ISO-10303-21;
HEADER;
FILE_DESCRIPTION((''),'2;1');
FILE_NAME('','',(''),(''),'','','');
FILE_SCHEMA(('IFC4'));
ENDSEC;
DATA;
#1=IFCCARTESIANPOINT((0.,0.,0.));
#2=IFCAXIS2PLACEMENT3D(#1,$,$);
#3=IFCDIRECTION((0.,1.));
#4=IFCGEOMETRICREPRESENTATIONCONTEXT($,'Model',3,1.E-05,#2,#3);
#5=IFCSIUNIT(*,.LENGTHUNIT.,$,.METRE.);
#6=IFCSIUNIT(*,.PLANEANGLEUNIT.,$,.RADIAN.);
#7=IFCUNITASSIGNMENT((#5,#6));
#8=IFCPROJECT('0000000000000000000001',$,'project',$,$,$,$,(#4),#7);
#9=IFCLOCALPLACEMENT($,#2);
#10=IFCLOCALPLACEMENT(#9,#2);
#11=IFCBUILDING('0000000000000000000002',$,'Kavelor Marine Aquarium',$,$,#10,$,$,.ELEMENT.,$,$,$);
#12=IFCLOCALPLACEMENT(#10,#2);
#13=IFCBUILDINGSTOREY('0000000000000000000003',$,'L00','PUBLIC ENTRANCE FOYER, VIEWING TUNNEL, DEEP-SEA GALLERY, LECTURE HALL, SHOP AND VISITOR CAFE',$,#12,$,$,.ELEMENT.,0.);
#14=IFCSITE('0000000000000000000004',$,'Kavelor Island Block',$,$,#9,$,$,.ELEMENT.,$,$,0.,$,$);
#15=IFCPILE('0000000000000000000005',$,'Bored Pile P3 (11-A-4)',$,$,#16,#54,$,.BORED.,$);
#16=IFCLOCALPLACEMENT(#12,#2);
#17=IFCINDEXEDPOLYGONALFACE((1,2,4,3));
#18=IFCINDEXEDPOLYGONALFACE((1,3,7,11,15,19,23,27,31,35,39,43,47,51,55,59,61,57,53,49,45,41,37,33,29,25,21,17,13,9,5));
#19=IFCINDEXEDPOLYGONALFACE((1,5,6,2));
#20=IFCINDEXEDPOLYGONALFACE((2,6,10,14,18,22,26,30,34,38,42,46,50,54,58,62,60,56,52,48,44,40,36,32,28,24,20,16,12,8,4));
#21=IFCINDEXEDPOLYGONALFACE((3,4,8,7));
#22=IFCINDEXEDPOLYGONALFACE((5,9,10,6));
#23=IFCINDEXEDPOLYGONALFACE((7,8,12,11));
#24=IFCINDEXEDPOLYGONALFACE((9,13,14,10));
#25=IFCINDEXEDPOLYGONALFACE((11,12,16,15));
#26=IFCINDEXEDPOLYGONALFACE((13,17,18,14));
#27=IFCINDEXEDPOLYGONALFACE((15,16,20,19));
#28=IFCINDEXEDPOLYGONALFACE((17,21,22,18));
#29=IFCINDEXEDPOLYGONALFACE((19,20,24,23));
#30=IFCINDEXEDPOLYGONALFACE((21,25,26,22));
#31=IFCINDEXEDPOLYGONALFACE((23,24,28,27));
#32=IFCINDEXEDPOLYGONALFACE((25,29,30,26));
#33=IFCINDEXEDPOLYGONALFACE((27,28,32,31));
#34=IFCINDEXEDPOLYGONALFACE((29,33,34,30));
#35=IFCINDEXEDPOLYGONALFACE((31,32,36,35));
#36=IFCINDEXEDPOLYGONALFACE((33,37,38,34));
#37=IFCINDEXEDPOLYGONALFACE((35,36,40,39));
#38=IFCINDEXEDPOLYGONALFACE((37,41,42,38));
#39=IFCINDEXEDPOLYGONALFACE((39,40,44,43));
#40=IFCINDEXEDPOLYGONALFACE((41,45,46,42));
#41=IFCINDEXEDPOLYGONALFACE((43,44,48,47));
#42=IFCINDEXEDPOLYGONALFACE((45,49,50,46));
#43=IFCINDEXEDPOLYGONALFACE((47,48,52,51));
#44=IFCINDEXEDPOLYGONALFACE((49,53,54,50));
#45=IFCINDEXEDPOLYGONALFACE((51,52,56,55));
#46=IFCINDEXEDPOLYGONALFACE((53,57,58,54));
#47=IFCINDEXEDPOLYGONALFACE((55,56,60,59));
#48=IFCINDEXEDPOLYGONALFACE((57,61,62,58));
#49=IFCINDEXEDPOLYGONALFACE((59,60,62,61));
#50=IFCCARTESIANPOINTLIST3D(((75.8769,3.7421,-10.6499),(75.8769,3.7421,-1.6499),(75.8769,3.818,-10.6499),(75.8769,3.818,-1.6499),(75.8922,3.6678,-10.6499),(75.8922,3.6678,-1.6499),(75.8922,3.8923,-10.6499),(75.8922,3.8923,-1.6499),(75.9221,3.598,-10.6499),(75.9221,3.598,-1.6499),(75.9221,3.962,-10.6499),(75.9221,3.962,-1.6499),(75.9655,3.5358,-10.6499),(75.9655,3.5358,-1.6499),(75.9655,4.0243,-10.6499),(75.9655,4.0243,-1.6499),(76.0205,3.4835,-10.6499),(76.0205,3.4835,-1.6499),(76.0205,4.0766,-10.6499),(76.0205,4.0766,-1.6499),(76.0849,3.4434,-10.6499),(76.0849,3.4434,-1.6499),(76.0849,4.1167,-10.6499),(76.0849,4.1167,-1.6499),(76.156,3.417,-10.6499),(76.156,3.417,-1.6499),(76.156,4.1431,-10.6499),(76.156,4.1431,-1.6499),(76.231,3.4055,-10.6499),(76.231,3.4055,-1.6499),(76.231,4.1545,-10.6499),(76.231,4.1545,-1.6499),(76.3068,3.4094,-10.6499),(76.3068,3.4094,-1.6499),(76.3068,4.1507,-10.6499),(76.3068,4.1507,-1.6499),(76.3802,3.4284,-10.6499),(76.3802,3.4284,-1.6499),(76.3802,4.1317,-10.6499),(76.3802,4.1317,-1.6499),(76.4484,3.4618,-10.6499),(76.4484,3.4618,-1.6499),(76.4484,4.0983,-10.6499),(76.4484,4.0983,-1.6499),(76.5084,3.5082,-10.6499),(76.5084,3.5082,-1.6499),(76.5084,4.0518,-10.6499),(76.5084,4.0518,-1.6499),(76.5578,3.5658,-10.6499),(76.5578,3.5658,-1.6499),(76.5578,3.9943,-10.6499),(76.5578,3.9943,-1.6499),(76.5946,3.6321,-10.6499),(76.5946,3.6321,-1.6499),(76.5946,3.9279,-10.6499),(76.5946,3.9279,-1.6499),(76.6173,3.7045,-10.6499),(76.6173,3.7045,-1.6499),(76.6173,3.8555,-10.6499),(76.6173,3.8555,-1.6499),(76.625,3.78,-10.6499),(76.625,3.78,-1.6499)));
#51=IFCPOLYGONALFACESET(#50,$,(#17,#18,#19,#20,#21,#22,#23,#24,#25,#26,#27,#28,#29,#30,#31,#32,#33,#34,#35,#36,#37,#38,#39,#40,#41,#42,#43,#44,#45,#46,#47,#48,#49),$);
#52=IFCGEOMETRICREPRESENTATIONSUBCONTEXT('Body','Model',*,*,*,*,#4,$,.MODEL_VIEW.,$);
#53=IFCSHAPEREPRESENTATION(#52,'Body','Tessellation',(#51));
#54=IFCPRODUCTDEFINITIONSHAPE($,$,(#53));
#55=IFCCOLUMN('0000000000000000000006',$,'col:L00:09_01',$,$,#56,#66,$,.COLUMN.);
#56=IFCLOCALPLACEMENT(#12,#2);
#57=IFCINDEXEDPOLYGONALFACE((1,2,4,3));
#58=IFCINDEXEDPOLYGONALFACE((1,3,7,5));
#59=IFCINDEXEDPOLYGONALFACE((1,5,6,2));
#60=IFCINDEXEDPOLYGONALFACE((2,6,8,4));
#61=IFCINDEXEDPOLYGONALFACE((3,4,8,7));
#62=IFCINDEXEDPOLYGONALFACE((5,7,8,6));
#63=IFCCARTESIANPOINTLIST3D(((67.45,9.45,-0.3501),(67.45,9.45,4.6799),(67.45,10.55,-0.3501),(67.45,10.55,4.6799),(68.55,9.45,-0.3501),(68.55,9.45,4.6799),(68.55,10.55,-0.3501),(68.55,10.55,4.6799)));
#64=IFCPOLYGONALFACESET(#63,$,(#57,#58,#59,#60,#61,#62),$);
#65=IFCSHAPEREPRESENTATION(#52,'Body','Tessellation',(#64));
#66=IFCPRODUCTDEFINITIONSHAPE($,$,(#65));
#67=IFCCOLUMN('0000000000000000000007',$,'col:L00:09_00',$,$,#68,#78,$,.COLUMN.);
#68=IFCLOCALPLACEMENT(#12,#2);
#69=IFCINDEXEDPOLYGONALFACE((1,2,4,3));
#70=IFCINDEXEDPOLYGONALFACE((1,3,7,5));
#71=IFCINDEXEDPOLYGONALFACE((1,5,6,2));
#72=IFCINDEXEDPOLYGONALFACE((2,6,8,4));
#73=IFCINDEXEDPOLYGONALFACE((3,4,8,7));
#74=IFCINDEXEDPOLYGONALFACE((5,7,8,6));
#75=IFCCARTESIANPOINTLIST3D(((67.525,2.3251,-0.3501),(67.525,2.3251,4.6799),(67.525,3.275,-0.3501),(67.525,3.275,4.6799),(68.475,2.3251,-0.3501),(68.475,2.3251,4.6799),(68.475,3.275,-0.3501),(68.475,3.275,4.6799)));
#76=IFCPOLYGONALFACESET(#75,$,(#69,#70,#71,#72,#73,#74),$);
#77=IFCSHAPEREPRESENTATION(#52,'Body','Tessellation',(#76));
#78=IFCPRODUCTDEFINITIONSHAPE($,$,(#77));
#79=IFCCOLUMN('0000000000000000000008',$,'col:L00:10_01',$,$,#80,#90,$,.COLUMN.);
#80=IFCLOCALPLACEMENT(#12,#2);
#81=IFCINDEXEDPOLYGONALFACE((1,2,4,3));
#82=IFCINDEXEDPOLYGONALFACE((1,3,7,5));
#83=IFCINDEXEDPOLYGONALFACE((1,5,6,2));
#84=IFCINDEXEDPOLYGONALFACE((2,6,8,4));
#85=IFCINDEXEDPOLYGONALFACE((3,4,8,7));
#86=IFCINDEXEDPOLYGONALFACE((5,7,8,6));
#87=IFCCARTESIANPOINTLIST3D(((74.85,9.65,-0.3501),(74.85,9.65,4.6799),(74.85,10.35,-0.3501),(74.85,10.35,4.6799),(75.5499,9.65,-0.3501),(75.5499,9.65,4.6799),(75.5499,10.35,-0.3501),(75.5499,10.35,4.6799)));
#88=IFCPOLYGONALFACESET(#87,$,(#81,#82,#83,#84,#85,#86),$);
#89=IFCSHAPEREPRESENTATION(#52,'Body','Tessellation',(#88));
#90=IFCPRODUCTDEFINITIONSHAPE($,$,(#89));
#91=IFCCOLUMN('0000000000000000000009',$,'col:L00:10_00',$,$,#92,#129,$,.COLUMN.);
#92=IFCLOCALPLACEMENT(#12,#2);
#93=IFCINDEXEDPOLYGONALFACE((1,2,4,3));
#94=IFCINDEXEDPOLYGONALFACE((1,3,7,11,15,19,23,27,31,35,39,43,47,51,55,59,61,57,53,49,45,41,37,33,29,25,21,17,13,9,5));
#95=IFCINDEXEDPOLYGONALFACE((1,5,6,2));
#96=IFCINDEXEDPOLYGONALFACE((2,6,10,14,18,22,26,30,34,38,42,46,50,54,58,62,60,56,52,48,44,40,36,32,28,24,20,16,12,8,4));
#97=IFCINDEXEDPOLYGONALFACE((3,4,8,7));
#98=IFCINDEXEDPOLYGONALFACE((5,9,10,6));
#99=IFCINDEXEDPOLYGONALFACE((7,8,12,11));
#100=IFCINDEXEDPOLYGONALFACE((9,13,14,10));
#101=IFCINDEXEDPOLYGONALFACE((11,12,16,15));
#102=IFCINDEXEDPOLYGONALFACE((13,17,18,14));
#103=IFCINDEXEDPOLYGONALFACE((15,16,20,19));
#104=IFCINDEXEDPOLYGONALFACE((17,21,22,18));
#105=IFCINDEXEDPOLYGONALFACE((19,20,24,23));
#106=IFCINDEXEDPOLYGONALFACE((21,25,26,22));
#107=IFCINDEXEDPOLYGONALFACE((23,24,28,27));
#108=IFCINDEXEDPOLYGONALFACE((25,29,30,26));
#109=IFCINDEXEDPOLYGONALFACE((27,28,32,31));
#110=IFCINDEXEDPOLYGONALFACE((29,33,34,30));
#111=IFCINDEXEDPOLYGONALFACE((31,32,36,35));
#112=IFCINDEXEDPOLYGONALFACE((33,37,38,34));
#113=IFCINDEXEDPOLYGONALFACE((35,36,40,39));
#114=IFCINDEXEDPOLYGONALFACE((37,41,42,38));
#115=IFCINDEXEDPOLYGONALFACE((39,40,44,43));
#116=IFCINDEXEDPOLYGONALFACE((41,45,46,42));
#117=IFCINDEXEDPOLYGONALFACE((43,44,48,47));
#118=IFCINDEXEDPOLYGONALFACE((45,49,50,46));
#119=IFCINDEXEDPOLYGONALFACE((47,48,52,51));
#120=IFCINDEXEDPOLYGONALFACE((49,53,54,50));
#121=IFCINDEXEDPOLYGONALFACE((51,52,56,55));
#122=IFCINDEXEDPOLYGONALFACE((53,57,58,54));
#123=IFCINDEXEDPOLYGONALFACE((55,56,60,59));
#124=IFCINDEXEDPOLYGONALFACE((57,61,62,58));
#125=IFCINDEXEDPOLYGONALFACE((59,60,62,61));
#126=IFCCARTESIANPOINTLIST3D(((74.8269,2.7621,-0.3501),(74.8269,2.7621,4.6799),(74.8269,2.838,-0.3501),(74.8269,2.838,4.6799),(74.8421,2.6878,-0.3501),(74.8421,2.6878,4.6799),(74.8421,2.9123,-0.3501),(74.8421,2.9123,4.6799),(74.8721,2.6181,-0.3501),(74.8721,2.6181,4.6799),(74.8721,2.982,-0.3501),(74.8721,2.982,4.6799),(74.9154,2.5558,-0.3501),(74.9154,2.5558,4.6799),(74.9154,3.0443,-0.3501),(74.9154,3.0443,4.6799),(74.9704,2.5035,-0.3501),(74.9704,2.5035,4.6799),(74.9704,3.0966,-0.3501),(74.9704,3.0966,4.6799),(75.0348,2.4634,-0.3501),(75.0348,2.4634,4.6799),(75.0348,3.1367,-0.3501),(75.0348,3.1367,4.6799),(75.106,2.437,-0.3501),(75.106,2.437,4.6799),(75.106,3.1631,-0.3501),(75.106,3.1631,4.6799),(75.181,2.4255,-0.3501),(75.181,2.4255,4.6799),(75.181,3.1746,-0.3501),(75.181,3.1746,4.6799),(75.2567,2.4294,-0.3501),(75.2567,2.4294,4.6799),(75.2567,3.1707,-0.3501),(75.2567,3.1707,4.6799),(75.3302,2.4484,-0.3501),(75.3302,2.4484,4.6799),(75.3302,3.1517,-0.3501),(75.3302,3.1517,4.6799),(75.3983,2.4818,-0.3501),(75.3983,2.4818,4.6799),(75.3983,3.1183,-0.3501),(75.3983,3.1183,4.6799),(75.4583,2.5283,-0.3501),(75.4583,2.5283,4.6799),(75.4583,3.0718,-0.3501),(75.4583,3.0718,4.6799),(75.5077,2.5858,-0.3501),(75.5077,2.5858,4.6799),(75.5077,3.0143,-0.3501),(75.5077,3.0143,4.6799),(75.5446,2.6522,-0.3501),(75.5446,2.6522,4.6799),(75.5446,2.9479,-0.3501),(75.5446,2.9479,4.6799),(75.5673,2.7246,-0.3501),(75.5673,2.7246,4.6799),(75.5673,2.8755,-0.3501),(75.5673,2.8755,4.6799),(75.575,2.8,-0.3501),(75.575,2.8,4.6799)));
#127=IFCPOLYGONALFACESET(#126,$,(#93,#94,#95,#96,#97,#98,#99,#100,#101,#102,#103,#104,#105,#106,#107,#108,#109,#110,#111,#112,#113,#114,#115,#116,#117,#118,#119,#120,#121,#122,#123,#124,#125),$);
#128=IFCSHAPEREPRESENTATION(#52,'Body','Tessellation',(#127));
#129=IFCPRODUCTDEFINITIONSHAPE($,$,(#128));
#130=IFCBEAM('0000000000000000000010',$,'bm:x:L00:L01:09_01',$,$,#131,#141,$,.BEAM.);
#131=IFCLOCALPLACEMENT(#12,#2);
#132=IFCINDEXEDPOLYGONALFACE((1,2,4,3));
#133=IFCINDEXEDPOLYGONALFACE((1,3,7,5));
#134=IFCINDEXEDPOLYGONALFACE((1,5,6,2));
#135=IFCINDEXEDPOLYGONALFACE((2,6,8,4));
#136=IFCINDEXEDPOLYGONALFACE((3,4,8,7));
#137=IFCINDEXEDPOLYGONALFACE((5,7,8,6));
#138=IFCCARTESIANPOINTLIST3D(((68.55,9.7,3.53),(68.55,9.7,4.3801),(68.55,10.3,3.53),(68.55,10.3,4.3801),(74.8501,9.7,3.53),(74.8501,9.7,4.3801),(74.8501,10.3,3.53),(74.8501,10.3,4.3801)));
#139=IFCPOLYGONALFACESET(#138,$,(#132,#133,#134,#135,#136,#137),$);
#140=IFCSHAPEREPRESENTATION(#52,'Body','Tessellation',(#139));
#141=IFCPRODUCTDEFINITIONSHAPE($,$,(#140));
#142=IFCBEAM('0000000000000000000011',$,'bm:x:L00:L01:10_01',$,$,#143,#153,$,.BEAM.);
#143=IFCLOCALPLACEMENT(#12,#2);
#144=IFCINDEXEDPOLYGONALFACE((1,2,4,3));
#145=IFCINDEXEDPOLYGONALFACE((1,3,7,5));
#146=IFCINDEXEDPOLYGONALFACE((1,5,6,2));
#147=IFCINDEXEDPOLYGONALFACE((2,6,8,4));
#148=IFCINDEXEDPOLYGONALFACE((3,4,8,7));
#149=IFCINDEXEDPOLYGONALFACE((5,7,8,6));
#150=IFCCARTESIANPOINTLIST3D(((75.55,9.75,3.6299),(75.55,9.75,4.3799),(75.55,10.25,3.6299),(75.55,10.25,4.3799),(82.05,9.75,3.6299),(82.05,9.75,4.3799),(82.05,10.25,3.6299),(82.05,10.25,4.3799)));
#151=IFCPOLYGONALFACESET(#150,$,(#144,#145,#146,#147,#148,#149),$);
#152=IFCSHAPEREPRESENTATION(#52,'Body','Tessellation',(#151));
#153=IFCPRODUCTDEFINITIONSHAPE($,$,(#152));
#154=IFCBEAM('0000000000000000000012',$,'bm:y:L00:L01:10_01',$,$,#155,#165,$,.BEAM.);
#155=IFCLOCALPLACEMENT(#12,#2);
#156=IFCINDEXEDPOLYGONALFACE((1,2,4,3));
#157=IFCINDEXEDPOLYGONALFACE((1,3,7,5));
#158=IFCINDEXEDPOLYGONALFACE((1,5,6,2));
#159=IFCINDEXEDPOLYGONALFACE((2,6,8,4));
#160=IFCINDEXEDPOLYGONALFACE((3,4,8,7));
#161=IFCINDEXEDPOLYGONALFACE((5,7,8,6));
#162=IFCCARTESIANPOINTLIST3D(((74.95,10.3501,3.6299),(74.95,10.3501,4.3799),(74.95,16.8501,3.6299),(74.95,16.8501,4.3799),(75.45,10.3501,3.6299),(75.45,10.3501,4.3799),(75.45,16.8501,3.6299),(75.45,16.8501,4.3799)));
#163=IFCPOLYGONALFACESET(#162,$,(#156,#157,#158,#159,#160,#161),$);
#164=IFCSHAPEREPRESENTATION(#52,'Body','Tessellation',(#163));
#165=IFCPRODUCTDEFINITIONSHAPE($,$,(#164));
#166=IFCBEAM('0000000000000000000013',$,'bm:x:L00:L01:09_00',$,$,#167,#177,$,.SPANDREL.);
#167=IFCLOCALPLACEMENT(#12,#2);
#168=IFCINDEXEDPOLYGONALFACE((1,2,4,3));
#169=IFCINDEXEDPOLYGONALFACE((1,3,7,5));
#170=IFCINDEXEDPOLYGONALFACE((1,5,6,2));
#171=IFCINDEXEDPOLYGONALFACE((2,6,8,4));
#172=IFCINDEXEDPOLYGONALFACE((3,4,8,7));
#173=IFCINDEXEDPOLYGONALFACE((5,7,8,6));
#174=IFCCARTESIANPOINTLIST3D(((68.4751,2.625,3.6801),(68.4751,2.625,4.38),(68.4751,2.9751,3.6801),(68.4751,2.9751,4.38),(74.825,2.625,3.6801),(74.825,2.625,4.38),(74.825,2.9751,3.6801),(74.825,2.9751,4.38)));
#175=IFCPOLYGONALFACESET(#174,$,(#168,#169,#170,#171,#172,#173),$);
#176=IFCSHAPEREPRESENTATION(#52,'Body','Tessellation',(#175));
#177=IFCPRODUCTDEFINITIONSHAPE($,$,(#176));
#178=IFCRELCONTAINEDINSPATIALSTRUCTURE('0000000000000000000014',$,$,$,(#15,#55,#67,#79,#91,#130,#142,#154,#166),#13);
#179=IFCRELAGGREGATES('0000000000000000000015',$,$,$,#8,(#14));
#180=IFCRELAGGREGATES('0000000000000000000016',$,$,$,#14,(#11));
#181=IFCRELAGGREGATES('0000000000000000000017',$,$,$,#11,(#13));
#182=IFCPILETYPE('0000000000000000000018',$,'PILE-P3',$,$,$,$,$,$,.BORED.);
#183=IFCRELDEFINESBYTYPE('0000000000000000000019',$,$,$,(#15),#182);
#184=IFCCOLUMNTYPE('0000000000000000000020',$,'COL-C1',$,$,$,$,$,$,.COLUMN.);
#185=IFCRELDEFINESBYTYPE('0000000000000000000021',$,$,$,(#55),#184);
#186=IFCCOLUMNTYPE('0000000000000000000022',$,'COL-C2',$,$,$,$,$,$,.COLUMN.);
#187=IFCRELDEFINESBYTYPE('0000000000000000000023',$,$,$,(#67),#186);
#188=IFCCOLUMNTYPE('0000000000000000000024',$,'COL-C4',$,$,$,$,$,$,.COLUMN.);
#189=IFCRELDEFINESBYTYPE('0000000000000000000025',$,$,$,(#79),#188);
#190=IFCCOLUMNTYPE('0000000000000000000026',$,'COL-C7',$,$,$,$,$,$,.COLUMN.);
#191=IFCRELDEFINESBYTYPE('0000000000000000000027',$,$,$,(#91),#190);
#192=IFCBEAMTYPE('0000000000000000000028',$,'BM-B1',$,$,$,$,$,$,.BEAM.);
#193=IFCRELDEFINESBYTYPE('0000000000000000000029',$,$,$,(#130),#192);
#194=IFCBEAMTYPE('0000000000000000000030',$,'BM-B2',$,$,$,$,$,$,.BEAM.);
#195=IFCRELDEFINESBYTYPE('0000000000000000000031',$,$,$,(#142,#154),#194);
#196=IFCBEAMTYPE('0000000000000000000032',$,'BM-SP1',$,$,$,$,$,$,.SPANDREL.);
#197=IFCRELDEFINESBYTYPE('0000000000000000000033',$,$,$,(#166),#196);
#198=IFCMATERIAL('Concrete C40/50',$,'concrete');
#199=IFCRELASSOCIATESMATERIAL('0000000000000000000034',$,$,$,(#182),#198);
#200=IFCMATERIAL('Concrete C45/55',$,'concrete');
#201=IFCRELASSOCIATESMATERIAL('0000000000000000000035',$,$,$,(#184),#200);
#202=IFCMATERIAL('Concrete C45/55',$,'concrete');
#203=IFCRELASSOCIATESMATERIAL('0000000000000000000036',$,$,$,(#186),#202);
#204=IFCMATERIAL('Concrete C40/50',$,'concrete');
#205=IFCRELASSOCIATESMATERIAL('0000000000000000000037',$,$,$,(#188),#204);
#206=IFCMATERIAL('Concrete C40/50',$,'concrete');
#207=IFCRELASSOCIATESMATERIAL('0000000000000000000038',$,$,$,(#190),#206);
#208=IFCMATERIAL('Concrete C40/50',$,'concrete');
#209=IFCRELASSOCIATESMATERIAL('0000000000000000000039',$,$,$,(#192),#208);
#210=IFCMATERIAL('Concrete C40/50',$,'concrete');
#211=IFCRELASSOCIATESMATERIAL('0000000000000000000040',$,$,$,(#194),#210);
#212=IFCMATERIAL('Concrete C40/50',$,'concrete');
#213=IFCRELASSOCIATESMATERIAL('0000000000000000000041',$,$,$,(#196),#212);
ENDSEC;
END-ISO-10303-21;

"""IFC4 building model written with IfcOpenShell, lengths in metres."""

from ifc_helpers import new_model, si_unit, direction, frame, origin, origin_2d, place, context, subcontext, project, spatial, rectangle, circle, extrude, material, material_profile, profile_set, type_object, element, save


model = new_model("IFC4")

# Units and contexts
model_context = context("Model", 3, precision=1e-05, world=origin(), true_north=direction((0.0, 1.0)))
body_context = subcontext(model_context, "Body", "Model", "MODEL_VIEW")
ifc_project = project(units=[si_unit("LENGTHUNIT", "METRE"), si_unit("PLANEANGLEUNIT", "RADIAN")], contexts=[model_context])

# Site, building, storey
site_placement = place(None, origin())
site = spatial("IfcSite", under=ifc_project, at=site_placement, Name="Kavelor Island Block", CompositionType="ELEMENT", RefElevation=0.0)
building_placement = place(site_placement, origin())
building = spatial("IfcBuilding", under=site, at=building_placement, Name="Kavelor Marine Aquarium", CompositionType="ELEMENT")
storey_placement = place(building_placement, origin())
storey = spatial("IfcBuildingStorey", under=building, at=storey_placement, Name="L00", Description="PUBLIC ENTRANCE FOYER, VIEWING TUNNEL, DEEP-SEA GALLERY, LECTURE HALL, SHOP AND VISITOR CAFE", CompositionType="ELEMENT", Elevation=0.0)

# Pile
ifc_material_1 = material(Name="Concrete C40/50", Category="concrete")
ifc_material_profile_1 = material_profile(ifc_material_1, circle(Radius=0.375, at=origin_2d()), Name="PILE D750")
ifc_profile_set_1 = profile_set([ifc_material_profile_1], Name="Concrete C40/50")
pile_type_1 = type_object("IfcPileType", Name="PILE-P3", PredefinedType="BORED", material=ifc_profile_set_1)
for number, where, z_axis, x_axis, name in (
    (1, (76.25, 3.78, -1.6499), (0.0, 0.0, -1.0), (1.0, 0.0, 0.0), "Bored Pile P3 (11-A-4)"),
):
    element("IfcPile", number, at=place(storey_placement, frame(where, z_axis=z_axis, x_axis=x_axis)), inside=storey, type_object=pile_type_1, Name=name, PredefinedType="BORED", context=body_context, shape_type="SweptSolid", body=[
        extrude(circle(Radius=0.375, at=origin_2d()), origin(), (0.0, 0.0, 1.0), 9.0),
    ])

# Columns
ifc_material_2 = material(Name="Concrete C45/55", Category="concrete")
ifc_material_profile_2 = material_profile(ifc_material_2, rectangle(XDim=1.1001, YDim=1.1001, at=origin_2d()), Name="RC-COL 1100x1100")
ifc_profile_set_2 = profile_set([ifc_material_profile_2], Name="Concrete C45/55")
column_type_1 = type_object("IfcColumnType", Name="COL-C1", PredefinedType="COLUMN", material=ifc_profile_set_2)
column_1_placement = place(storey_placement, frame((68.0, 10.0, -0.3501), z_axis=(0.0, 0.0, 1.0), x_axis=(1.0, 0.0, 0.0)))
element("IfcColumn", 2, at=column_1_placement, inside=storey, type_object=column_type_1, Name="col:L00:09_01", PredefinedType="COLUMN", context=body_context, shape_type="SweptSolid", body=[
    extrude(rectangle(XDim=1.1001, YDim=1.1001, at=origin_2d()), origin(), (0.0, 0.0, 1.0), 5.03),
])
ifc_material_3 = material(Name="Concrete C45/55", Category="concrete")
ifc_material_profile_3 = material_profile(ifc_material_3, rectangle(XDim=0.95, YDim=0.95, at=origin_2d()), Name="RC-COL 950x950")
ifc_profile_set_3 = profile_set([ifc_material_profile_3], Name="Concrete C45/55")
column_type_2 = type_object("IfcColumnType", Name="COL-C2", PredefinedType="COLUMN", material=ifc_profile_set_3)
column_2_placement = place(storey_placement, frame((68.0, 2.8, -0.3501), z_axis=(0.0, 0.0, 1.0), x_axis=(1.0, 0.0, 0.0)))
element("IfcColumn", 3, at=column_2_placement, inside=storey, type_object=column_type_2, Name="col:L00:09_00", PredefinedType="COLUMN", context=body_context, shape_type="SweptSolid", body=[
    extrude(rectangle(XDim=0.95, YDim=0.95, at=origin_2d()), origin(), (0.0, 0.0, 1.0), 5.03),
])
ifc_material_4 = material(Name="Concrete C40/50", Category="concrete")
ifc_material_profile_4 = material_profile(ifc_material_4, rectangle(XDim=0.7, YDim=0.7, at=origin_2d()), Name="RC-COL 700x700")
ifc_profile_set_4 = profile_set([ifc_material_profile_4], Name="Concrete C40/50")
column_type_3 = type_object("IfcColumnType", Name="COL-C4", PredefinedType="COLUMN", material=ifc_profile_set_4)
column_3_placement = place(storey_placement, frame((75.2, 10.0, -0.3501), z_axis=(0.0, 0.0, 1.0), x_axis=(1.0, 0.0, 0.0)))
element("IfcColumn", 4, at=column_3_placement, inside=storey, type_object=column_type_3, Name="col:L00:10_01", PredefinedType="COLUMN", context=body_context, shape_type="SweptSolid", body=[
    extrude(rectangle(XDim=0.7, YDim=0.7, at=origin_2d()), origin(), (0.0, 0.0, 1.0), 5.03),
])
ifc_material_5 = material(Name="Concrete C40/50", Category="concrete")
ifc_material_profile_5 = material_profile(ifc_material_5, circle(Radius=0.375, at=origin_2d()), Name="RC-COL D750")
ifc_profile_set_5 = profile_set([ifc_material_profile_5], Name="Concrete C40/50")
column_type_4 = type_object("IfcColumnType", Name="COL-C7", PredefinedType="COLUMN", material=ifc_profile_set_5)
column_4_placement = place(storey_placement, frame((75.2, 2.8, -0.3501), z_axis=(0.0, 0.0, 1.0), x_axis=(1.0, 0.0, 0.0)))
element("IfcColumn", 5, at=column_4_placement, inside=storey, type_object=column_type_4, Name="col:L00:10_00", PredefinedType="COLUMN", context=body_context, shape_type="SweptSolid", body=[
    extrude(circle(Radius=0.375, at=origin_2d()), origin(), (0.0, 0.0, 1.0), 5.03),
])

# Beams
ifc_material_6 = material(Name="Concrete C40/50", Category="concrete")
ifc_material_profile_6 = material_profile(ifc_material_6, rectangle(XDim=0.6001, YDim=0.8501, at=origin_2d()), Name="RC-BM 600x850")
ifc_profile_set_6 = profile_set([ifc_material_profile_6], Name="Concrete C40/50")
beam_type_1 = type_object("IfcBeamType", Name="BM-B1", PredefinedType="BEAM", material=ifc_profile_set_6)
beam_1_placement = place(storey_placement, frame((68.55, 10.0, 3.9551), z_axis=(1.0, 0.0, 0.0), x_axis=(0.0, 1.0, 0.0)))
element("IfcBeam", 6, at=beam_1_placement, inside=storey, type_object=beam_type_1, Name="bm:x:L00:L01:09_01", PredefinedType="BEAM", context=body_context, shape_type="SweptSolid", body=[
    extrude(rectangle(XDim=0.6001, YDim=0.8501, at=origin_2d()), origin(), (0.0, 0.0, 1.0), 6.3),
])
ifc_material_7 = material(Name="Concrete C40/50", Category="concrete")
ifc_material_profile_7 = material_profile(ifc_material_7, rectangle(XDim=0.5, YDim=0.75, at=origin_2d()), Name="RC-BM 500x750")
ifc_profile_set_7 = profile_set([ifc_material_profile_7], Name="Concrete C40/50")
beam_type_2 = type_object("IfcBeamType", Name="BM-B2", PredefinedType="BEAM", material=ifc_profile_set_7)
for number, where, z_axis, x_axis, name in (
    (7, (75.55, 10.0, 4.0049), (1.0, 0.0, 0.0), (0.0, 1.0, 0.0), "bm:x:L00:L01:10_01"),
    (8, (75.2, 10.3501, 4.0049), (0.0, 1.0, 0.0), (-1.0, 0.0, 0.0), "bm:y:L00:L01:10_01"),
):
    element("IfcBeam", number, at=place(storey_placement, frame(where, z_axis=z_axis, x_axis=x_axis)), inside=storey, type_object=beam_type_2, Name=name, PredefinedType="BEAM", context=body_context, shape_type="SweptSolid", body=[
        extrude(rectangle(XDim=0.5, YDim=0.75, at=origin_2d()), origin(), (0.0, 0.0, 1.0), 6.5),
    ])
ifc_material_8 = material(Name="Concrete C40/50", Category="concrete")
ifc_material_profile_8 = material_profile(ifc_material_8, rectangle(XDim=0.3501, YDim=0.7, at=origin_2d()), Name="RC-SP 350x700")
ifc_profile_set_8 = profile_set([ifc_material_profile_8], Name="Concrete C40/50")
beam_type_3 = type_object("IfcBeamType", Name="BM-SP1", PredefinedType="SPANDREL", material=ifc_profile_set_8)
beam_2_placement = place(storey_placement, frame((68.4751, 2.8, 4.03), z_axis=(1.0, 0.0, 0.0), x_axis=(0.0, 1.0, 0.0)))
element("IfcBeam", 9, at=beam_2_placement, inside=storey, type_object=beam_type_3, Name="bm:x:L00:L01:09_00", PredefinedType="SPANDREL", context=body_context, shape_type="SweptSolid", body=[
    extrude(rectangle(XDim=0.3501, YDim=0.7, at=origin_2d()), origin(), (0.0, 0.0, 1.0), 6.3499),
])

save(model, "model.ifc")
